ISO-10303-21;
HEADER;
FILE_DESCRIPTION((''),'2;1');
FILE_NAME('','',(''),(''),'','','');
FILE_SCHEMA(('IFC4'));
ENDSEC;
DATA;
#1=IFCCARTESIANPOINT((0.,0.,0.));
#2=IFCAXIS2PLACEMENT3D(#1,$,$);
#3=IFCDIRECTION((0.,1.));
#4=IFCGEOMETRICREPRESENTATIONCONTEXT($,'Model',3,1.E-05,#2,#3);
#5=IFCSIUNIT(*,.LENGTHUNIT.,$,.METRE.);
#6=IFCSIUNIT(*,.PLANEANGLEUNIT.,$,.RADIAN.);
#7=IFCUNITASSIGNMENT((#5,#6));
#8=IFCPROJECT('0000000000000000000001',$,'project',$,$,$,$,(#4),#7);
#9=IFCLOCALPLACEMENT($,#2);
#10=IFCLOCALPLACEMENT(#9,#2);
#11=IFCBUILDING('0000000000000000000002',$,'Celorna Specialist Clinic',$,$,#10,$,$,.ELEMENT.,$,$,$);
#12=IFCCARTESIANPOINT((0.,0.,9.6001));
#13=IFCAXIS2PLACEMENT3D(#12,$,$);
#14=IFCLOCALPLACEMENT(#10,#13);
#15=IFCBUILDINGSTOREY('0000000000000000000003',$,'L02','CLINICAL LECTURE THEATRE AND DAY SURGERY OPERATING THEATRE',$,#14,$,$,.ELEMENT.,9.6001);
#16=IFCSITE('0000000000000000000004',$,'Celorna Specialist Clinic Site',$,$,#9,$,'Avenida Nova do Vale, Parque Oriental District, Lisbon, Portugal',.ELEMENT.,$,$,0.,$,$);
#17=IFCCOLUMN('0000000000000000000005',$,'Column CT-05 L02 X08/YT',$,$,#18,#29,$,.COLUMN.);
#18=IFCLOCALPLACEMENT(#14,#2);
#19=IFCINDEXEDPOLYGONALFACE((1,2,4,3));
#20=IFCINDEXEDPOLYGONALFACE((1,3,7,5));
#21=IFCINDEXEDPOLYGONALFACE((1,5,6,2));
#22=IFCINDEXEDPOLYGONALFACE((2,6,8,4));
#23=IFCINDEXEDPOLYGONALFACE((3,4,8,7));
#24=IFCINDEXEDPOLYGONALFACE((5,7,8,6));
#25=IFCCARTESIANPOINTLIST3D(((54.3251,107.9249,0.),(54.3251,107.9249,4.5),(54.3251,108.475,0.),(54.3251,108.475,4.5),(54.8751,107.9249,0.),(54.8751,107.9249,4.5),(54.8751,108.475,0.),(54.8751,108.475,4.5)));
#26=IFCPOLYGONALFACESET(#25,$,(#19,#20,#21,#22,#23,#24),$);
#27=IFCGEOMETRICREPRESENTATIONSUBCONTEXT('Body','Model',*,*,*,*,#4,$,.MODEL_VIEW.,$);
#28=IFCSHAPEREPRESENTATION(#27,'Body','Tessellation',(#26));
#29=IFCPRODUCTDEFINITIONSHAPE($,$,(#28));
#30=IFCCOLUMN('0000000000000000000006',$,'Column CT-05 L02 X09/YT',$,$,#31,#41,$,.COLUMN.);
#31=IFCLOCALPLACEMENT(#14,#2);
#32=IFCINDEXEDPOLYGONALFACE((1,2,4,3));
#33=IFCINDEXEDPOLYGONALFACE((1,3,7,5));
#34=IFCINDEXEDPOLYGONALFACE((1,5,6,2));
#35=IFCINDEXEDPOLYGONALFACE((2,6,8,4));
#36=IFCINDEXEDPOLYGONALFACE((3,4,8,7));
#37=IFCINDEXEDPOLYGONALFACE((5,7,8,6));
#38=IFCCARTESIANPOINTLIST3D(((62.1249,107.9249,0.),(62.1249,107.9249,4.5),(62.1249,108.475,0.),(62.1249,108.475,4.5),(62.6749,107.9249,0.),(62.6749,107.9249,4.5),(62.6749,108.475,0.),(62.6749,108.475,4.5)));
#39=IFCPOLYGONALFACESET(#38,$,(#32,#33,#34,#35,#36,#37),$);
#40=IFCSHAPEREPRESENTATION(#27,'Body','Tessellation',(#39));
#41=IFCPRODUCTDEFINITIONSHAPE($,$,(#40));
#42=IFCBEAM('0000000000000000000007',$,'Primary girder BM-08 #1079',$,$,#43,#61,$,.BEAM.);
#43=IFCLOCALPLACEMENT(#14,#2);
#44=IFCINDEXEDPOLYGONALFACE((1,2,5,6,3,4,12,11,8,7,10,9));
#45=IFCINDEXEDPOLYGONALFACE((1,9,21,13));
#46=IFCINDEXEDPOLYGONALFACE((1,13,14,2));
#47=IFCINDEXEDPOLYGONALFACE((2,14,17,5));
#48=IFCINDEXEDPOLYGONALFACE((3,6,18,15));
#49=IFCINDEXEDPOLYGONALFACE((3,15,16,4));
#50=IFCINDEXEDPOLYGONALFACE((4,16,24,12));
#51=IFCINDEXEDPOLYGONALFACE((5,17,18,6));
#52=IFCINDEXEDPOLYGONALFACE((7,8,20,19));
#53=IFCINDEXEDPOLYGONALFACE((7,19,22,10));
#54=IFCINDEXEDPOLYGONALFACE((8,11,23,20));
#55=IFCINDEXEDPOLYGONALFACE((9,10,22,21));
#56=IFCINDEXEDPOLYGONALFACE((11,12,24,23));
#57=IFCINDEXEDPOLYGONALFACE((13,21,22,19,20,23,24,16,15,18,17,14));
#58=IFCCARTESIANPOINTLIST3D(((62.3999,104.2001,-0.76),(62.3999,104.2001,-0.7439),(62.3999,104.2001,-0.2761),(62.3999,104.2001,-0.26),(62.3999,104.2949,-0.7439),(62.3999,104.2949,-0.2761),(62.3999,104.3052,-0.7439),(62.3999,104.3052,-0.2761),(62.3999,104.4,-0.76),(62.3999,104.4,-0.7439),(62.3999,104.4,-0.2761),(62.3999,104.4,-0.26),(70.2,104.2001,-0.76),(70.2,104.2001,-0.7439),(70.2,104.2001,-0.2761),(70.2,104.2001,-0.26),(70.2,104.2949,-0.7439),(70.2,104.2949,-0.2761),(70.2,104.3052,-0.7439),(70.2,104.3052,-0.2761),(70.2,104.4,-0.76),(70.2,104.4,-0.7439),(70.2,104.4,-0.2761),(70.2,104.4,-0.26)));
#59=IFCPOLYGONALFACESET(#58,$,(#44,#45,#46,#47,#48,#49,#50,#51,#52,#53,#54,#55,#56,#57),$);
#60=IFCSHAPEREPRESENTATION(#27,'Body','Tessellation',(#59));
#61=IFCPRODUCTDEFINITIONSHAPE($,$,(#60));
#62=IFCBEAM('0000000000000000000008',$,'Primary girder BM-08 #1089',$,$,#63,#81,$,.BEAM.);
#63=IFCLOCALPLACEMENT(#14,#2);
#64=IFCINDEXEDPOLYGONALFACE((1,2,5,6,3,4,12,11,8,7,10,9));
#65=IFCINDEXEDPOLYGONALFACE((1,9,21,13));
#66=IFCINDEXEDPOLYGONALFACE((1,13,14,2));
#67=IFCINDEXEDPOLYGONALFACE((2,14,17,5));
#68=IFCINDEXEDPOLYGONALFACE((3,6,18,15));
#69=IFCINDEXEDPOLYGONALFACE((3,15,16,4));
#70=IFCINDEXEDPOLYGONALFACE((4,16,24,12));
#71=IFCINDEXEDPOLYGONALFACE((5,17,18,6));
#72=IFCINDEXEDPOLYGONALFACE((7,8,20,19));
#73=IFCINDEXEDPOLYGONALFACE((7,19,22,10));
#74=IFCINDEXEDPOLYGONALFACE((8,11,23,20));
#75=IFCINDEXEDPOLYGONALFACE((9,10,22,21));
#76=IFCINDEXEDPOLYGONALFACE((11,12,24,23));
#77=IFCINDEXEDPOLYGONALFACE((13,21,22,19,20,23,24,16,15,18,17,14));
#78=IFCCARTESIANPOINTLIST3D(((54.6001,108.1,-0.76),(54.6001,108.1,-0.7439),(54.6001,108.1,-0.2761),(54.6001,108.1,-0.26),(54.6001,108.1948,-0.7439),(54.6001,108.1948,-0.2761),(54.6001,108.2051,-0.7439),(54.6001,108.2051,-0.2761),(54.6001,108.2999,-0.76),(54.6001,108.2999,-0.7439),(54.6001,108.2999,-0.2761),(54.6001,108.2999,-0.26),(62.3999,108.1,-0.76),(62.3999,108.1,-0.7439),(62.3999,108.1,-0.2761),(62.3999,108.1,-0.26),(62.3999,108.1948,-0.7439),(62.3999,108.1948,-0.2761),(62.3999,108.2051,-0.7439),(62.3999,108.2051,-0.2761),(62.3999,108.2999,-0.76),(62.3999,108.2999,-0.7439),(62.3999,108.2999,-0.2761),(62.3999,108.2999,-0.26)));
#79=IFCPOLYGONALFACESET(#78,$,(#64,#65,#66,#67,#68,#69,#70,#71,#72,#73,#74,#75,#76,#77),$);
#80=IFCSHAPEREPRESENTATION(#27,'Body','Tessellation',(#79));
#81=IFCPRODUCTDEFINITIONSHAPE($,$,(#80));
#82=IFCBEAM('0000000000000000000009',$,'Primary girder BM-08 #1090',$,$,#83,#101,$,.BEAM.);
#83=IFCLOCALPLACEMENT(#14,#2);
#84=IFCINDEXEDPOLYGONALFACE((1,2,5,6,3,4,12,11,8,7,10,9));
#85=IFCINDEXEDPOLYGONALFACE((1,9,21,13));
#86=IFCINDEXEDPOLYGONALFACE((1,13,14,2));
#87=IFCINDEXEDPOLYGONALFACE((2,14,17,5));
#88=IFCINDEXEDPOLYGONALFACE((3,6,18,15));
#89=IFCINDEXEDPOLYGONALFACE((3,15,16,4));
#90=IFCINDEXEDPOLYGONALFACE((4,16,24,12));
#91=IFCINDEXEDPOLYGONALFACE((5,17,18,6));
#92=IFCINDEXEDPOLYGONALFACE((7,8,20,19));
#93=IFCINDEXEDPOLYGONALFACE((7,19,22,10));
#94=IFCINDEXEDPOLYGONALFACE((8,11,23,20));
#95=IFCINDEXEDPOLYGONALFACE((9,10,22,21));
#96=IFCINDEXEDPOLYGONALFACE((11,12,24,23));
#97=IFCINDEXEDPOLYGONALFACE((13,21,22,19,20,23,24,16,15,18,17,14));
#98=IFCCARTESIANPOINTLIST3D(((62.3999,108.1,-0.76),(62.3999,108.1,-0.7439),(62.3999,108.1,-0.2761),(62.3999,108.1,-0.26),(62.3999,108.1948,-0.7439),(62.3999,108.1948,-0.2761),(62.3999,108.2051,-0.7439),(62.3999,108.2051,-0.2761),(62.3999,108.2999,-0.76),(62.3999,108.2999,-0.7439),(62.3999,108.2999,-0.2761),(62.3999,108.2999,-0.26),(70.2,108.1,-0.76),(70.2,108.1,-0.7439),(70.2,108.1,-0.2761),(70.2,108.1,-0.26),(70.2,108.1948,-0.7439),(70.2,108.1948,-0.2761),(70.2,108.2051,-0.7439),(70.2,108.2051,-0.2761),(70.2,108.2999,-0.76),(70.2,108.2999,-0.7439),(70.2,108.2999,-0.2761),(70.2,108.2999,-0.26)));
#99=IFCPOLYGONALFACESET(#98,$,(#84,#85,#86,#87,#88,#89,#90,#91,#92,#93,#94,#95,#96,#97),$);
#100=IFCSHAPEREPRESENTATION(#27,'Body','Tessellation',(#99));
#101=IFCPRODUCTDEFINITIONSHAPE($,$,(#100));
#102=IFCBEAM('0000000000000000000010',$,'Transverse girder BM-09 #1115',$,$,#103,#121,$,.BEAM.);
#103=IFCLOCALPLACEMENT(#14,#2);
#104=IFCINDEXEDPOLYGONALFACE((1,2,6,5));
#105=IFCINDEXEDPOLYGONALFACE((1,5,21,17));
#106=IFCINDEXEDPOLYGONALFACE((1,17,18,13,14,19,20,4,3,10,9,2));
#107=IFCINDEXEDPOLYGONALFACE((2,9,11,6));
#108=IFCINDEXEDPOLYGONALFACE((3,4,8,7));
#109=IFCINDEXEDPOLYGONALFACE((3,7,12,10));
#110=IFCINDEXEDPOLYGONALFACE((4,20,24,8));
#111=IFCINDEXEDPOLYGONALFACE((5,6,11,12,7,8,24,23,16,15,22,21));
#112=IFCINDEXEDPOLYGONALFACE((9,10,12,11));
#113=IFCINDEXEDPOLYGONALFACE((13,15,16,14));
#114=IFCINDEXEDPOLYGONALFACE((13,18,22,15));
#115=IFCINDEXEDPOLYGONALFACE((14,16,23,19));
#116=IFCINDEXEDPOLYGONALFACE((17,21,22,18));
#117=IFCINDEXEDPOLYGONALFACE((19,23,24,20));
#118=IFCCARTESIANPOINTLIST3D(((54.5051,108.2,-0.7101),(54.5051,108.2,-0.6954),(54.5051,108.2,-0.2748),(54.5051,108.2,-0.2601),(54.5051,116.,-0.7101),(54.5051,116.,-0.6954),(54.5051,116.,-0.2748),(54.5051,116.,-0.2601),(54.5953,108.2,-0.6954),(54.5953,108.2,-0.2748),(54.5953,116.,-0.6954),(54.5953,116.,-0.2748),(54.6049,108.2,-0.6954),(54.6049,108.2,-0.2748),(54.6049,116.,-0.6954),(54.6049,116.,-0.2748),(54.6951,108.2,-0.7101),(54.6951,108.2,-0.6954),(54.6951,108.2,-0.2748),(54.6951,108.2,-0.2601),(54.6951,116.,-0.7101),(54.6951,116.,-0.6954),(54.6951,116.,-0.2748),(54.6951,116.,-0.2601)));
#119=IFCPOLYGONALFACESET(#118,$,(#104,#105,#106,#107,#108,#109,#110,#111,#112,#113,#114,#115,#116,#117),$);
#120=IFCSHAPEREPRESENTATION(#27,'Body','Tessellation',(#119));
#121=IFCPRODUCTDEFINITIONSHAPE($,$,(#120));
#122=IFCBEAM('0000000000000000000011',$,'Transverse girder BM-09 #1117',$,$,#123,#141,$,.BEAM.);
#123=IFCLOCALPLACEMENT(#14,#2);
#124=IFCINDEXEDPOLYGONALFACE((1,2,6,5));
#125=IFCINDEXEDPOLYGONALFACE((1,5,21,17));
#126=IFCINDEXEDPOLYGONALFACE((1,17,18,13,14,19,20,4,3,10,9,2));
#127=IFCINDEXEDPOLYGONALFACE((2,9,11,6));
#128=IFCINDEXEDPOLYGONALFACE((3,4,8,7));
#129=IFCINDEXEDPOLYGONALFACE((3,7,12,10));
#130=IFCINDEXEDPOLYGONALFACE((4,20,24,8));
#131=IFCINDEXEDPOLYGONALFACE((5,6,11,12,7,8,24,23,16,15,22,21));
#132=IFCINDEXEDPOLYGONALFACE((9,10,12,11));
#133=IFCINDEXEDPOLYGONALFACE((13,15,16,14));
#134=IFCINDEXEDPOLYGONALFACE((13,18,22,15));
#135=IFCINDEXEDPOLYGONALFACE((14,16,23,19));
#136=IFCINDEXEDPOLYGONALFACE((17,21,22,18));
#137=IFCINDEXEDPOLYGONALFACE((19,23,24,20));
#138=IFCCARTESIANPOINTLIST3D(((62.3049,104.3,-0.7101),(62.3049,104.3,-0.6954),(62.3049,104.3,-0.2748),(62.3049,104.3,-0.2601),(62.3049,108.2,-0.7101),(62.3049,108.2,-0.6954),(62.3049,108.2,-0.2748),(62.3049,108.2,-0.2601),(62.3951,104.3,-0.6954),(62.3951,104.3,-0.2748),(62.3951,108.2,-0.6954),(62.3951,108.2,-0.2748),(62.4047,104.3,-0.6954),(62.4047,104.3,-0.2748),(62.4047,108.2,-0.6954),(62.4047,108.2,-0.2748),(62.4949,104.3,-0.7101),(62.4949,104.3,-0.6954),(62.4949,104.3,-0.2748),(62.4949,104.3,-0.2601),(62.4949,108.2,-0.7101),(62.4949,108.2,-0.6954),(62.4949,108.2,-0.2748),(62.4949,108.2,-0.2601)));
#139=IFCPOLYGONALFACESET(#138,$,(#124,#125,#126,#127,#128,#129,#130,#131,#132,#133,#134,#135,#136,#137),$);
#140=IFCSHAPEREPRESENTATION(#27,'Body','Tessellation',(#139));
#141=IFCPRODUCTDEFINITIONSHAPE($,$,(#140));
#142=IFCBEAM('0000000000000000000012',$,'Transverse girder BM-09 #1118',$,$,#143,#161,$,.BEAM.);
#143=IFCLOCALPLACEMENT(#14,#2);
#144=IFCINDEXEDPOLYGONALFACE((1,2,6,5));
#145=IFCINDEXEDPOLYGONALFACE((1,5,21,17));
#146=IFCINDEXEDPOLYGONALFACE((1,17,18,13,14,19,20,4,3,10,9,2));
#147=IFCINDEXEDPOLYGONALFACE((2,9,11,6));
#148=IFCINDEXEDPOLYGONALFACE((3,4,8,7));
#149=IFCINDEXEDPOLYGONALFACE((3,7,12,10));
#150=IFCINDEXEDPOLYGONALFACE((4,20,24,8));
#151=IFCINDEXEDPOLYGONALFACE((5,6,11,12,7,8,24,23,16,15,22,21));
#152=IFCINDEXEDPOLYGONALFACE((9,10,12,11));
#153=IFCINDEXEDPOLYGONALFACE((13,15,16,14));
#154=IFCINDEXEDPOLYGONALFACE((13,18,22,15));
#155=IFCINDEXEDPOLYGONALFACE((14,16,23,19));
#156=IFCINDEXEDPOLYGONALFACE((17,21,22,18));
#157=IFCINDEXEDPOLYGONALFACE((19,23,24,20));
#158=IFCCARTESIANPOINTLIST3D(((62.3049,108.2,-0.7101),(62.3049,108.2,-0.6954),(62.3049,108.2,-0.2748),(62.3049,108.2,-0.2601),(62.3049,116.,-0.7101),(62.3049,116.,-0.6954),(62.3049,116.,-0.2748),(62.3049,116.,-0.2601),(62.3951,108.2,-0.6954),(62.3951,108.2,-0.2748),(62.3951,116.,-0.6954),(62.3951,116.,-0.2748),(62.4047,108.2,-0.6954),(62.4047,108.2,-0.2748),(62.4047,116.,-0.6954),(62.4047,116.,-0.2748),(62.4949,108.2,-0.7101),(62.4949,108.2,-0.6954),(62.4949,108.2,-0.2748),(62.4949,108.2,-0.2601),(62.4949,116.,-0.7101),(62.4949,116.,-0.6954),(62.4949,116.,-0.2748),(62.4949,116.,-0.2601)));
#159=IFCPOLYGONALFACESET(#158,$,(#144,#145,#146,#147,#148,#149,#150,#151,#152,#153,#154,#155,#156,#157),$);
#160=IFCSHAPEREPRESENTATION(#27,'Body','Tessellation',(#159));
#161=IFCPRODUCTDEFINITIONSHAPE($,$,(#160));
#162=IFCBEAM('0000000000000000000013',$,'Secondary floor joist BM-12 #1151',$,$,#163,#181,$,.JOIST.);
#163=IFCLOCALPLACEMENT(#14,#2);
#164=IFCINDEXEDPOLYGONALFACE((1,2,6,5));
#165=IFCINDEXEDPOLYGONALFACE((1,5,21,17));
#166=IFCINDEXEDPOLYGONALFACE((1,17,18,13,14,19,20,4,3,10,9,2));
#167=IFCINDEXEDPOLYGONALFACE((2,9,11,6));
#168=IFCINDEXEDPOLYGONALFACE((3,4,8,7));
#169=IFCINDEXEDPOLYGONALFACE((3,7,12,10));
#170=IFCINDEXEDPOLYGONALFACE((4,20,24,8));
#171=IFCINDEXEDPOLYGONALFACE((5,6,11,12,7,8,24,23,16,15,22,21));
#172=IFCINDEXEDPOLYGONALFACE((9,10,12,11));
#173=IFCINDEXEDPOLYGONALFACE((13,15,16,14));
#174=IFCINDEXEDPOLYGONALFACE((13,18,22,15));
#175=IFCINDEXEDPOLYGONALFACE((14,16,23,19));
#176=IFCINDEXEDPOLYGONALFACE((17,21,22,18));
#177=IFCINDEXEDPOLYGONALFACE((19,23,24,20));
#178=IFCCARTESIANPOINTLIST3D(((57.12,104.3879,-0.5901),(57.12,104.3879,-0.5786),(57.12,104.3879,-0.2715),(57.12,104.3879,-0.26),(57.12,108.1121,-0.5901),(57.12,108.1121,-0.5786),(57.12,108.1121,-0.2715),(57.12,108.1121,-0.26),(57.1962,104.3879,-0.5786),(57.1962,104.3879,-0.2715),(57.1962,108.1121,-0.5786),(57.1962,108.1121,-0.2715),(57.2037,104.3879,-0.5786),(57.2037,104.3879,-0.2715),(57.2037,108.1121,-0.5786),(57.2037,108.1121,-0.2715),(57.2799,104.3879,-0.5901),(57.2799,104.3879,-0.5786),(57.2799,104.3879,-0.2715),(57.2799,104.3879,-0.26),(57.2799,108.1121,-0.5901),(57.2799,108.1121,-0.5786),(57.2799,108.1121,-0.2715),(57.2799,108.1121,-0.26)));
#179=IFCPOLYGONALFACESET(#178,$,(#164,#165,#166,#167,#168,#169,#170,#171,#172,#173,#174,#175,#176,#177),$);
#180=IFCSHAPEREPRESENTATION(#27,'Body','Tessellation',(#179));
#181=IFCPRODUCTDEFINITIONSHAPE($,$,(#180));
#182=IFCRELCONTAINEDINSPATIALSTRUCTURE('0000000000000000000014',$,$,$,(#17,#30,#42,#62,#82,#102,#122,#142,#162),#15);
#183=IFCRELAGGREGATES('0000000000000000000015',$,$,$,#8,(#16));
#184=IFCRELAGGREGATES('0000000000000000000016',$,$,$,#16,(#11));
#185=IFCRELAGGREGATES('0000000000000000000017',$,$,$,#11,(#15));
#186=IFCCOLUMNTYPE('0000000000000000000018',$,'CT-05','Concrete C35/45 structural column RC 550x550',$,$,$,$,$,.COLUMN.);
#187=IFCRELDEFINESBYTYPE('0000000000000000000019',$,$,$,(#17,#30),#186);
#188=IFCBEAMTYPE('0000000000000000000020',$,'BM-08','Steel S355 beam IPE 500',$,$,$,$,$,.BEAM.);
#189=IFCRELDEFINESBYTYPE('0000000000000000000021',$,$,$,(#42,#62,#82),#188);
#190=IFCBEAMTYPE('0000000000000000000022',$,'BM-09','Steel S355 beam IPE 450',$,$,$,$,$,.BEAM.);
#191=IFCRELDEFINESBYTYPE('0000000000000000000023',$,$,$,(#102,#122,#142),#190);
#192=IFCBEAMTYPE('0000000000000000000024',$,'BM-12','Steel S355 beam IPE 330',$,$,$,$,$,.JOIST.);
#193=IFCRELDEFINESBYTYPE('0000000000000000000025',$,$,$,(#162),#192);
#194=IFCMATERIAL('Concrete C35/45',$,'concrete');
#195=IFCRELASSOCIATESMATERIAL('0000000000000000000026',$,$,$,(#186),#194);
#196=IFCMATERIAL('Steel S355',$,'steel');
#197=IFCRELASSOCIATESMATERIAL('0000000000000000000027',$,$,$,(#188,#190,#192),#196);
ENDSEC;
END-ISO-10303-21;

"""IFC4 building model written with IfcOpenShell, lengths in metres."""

from ifc_helpers import new_model, si_unit, direction, frame, origin, origin_2d, place, context, subcontext, project, spatial, rectangle, i_section, extrude, material, material_profile, profile_set, type_object, element, save


model = new_model("IFC4")

# Units and contexts
model_context = context("Model", 3, precision=1e-05, world=origin(), true_north=direction((0.0, 1.0)))
body_context = subcontext(model_context, "Body", "Model", "MODEL_VIEW")
ifc_project = project(units=[si_unit("LENGTHUNIT", "METRE"), si_unit("PLANEANGLEUNIT", "RADIAN")], contexts=[model_context])

# Site, building, storey
site_placement = place(None, origin())
site = spatial("IfcSite", under=ifc_project, at=site_placement, Name="Celorna Specialist Clinic Site", LongName="Avenida Nova do Vale, Parque Oriental District, Lisbon, Portugal", CompositionType="ELEMENT", RefElevation=0.0)
building_placement = place(site_placement, origin())
building = spatial("IfcBuilding", under=site, at=building_placement, Name="Celorna Specialist Clinic", CompositionType="ELEMENT")
storey_placement = place(building_placement, frame((0.0, 0.0, 9.6001)))
storey = spatial("IfcBuildingStorey", under=building, at=storey_placement, Name="L02", Description="CLINICAL LECTURE THEATRE AND DAY SURGERY OPERATING THEATRE", CompositionType="ELEMENT", Elevation=9.6001)

# Columns
ifc_material_1 = material(Name="Concrete C35/45", Category="concrete")
ifc_material_profile_1 = material_profile(ifc_material_1, rectangle(XDim=0.55, YDim=0.55, at=origin_2d()), Name="RC 550x550")
ifc_profile_set_1 = profile_set([ifc_material_profile_1], Name="Concrete C35/45")
column_type = type_object("IfcColumnType", Name="CT-05", Description="Concrete C35/45 structural column RC 550x550", PredefinedType="COLUMN", material=ifc_profile_set_1)
for number, where, z_axis, x_axis, name in (
    (1, (54.6001, 108.2, 0.0), (0.0, 0.0, 1.0), (1.0, 0.0, 0.0), "Column CT-05 L02 X08/YT"),
    (2, (62.3999, 108.2, 0.0), (0.0, 0.0, 1.0), (1.0, 0.0, 0.0), "Column CT-05 L02 X09/YT"),
):
    element("IfcColumn", number, at=place(storey_placement, frame(where, z_axis=z_axis, x_axis=x_axis)), inside=storey, type_object=column_type, Name=name, PredefinedType="COLUMN", context=body_context, shape_type="SweptSolid", body=[
        extrude(rectangle(XDim=0.55, YDim=0.55, at=origin_2d()), origin(), (0.0, 0.0, 1.0), 4.5),
    ])

# Beams
ifc_material_2 = material(Name="Steel S355", Category="steel")
ifc_material_profile_2 = material_profile(ifc_material_2, i_section(OverallWidth=0.2, OverallDepth=0.5, WebThickness=0.0103, FlangeThickness=0.0161, at=origin_2d()), Name="IPE 500")
ifc_profile_set_2 = profile_set([ifc_material_profile_2], Name="Steel S355")
beam_type_1 = type_object("IfcBeamType", Name="BM-08", Description="Steel S355 beam IPE 500", PredefinedType="BEAM", material=ifc_profile_set_2)
beam_1_placement = place(storey_placement, frame((62.3999, 104.3, -0.51), z_axis=(1.0, 0.0, 0.0), x_axis=(0.0, 1.0, 0.0)))
element("IfcBeam", 3, at=beam_1_placement, inside=storey, type_object=beam_type_1, Name="Primary girder BM-08 #1079", PredefinedType="BEAM", context=body_context, shape_type="SweptSolid", body=[
    extrude(i_section(OverallWidth=0.2, OverallDepth=0.5, WebThickness=0.0103, FlangeThickness=0.0161, at=origin_2d()), origin(), (0.0, 0.0, 1.0), 7.8),
])
beam_2_placement = place(storey_placement, frame((54.6001, 108.2, -0.51), z_axis=(1.0, 0.0, 0.0), x_axis=(0.0, 1.0, 0.0)))
element("IfcBeam", 4, at=beam_2_placement, inside=storey, type_object=beam_type_1, Name="Primary girder BM-08 #1089", PredefinedType="BEAM", context=body_context, shape_type="SweptSolid", body=[
    extrude(i_section(OverallWidth=0.2, OverallDepth=0.5, WebThickness=0.0103, FlangeThickness=0.0161, at=origin_2d()), origin(), (0.0, 0.0, 1.0), 7.7998),
])
beam_3_placement = place(storey_placement, frame((62.3999, 108.2, -0.51), z_axis=(1.0, 0.0, 0.0), x_axis=(0.0, 1.0, 0.0)))
element("IfcBeam", 5, at=beam_3_placement, inside=storey, type_object=beam_type_1, Name="Primary girder BM-08 #1090", PredefinedType="BEAM", context=body_context, shape_type="SweptSolid", body=[
    extrude(i_section(OverallWidth=0.2, OverallDepth=0.5, WebThickness=0.0103, FlangeThickness=0.0161, at=origin_2d()), origin(), (0.0, 0.0, 1.0), 7.8),
])
ifc_material_profile_3 = material_profile(ifc_material_2, i_section(OverallWidth=0.1899, OverallDepth=0.45, WebThickness=0.0095, FlangeThickness=0.0146, at=origin_2d()), Name="IPE 450")
ifc_profile_set_3 = profile_set([ifc_material_profile_3], Name="Steel S355")
beam_type_2 = type_object("IfcBeamType", Name="BM-09", Description="Steel S355 beam IPE 450", PredefinedType="BEAM", material=ifc_profile_set_3)
beam_4_placement = place(storey_placement, frame((54.6001, 108.2, -0.4851), z_axis=(0.0, 1.0, 0.0), x_axis=(-1.0, 0.0, 0.0)))
element("IfcBeam", 6, at=beam_4_placement, inside=storey, type_object=beam_type_2, Name="Transverse girder BM-09 #1115", PredefinedType="BEAM", context=body_context, shape_type="SweptSolid", body=[
    extrude(i_section(OverallWidth=0.1899, OverallDepth=0.45, WebThickness=0.0095, FlangeThickness=0.0146, at=origin_2d()), origin(), (0.0, 0.0, 1.0), 7.8),
])
beam_5_placement = place(storey_placement, frame((62.3999, 104.3, -0.4851), z_axis=(0.0, 1.0, 0.0), x_axis=(-1.0, 0.0, 0.0)))
element("IfcBeam", 7, at=beam_5_placement, inside=storey, type_object=beam_type_2, Name="Transverse girder BM-09 #1117", PredefinedType="BEAM", context=body_context, shape_type="SweptSolid", body=[
    extrude(i_section(OverallWidth=0.1899, OverallDepth=0.45, WebThickness=0.0095, FlangeThickness=0.0146, at=origin_2d()), origin(), (0.0, 0.0, 1.0), 3.8999),
])
beam_6_placement = place(storey_placement, frame((62.3999, 108.2, -0.4851), z_axis=(0.0, 1.0, 0.0), x_axis=(-1.0, 0.0, 0.0)))
element("IfcBeam", 8, at=beam_6_placement, inside=storey, type_object=beam_type_2, Name="Transverse girder BM-09 #1118", PredefinedType="BEAM", context=body_context, shape_type="SweptSolid", body=[
    extrude(i_section(OverallWidth=0.1899, OverallDepth=0.45, WebThickness=0.0095, FlangeThickness=0.0146, at=origin_2d()), origin(), (0.0, 0.0, 1.0), 7.8),
])
ifc_material_profile_4 = material_profile(ifc_material_2, i_section(OverallWidth=0.1599, OverallDepth=0.3301, WebThickness=0.0076, FlangeThickness=0.0115, at=origin_2d()), Name="IPE 330")
ifc_profile_set_4 = profile_set([ifc_material_profile_4], Name="Steel S355")
beam_type_3 = type_object("IfcBeamType", Name="BM-12", Description="Steel S355 beam IPE 330", PredefinedType="JOIST", material=ifc_profile_set_4)
for number, where, z_axis, x_axis, name in (
    (9, (57.2, 104.3879, -0.425), (0.0, 1.0, 0.0), (-1.0, 0.0, 0.0), "Secondary floor joist BM-12 #1151"),
):
    element("IfcBeam", number, at=place(storey_placement, frame(where, z_axis=z_axis, x_axis=x_axis)), inside=storey, type_object=beam_type_3, Name=name, PredefinedType="JOIST", context=body_context, shape_type="SweptSolid", body=[
        extrude(i_section(OverallWidth=0.1599, OverallDepth=0.3301, WebThickness=0.0076, FlangeThickness=0.0115, at=origin_2d()), origin(), (0.0, 0.0, 1.0), 3.7241),
    ])

save(model, "model.ifc")
